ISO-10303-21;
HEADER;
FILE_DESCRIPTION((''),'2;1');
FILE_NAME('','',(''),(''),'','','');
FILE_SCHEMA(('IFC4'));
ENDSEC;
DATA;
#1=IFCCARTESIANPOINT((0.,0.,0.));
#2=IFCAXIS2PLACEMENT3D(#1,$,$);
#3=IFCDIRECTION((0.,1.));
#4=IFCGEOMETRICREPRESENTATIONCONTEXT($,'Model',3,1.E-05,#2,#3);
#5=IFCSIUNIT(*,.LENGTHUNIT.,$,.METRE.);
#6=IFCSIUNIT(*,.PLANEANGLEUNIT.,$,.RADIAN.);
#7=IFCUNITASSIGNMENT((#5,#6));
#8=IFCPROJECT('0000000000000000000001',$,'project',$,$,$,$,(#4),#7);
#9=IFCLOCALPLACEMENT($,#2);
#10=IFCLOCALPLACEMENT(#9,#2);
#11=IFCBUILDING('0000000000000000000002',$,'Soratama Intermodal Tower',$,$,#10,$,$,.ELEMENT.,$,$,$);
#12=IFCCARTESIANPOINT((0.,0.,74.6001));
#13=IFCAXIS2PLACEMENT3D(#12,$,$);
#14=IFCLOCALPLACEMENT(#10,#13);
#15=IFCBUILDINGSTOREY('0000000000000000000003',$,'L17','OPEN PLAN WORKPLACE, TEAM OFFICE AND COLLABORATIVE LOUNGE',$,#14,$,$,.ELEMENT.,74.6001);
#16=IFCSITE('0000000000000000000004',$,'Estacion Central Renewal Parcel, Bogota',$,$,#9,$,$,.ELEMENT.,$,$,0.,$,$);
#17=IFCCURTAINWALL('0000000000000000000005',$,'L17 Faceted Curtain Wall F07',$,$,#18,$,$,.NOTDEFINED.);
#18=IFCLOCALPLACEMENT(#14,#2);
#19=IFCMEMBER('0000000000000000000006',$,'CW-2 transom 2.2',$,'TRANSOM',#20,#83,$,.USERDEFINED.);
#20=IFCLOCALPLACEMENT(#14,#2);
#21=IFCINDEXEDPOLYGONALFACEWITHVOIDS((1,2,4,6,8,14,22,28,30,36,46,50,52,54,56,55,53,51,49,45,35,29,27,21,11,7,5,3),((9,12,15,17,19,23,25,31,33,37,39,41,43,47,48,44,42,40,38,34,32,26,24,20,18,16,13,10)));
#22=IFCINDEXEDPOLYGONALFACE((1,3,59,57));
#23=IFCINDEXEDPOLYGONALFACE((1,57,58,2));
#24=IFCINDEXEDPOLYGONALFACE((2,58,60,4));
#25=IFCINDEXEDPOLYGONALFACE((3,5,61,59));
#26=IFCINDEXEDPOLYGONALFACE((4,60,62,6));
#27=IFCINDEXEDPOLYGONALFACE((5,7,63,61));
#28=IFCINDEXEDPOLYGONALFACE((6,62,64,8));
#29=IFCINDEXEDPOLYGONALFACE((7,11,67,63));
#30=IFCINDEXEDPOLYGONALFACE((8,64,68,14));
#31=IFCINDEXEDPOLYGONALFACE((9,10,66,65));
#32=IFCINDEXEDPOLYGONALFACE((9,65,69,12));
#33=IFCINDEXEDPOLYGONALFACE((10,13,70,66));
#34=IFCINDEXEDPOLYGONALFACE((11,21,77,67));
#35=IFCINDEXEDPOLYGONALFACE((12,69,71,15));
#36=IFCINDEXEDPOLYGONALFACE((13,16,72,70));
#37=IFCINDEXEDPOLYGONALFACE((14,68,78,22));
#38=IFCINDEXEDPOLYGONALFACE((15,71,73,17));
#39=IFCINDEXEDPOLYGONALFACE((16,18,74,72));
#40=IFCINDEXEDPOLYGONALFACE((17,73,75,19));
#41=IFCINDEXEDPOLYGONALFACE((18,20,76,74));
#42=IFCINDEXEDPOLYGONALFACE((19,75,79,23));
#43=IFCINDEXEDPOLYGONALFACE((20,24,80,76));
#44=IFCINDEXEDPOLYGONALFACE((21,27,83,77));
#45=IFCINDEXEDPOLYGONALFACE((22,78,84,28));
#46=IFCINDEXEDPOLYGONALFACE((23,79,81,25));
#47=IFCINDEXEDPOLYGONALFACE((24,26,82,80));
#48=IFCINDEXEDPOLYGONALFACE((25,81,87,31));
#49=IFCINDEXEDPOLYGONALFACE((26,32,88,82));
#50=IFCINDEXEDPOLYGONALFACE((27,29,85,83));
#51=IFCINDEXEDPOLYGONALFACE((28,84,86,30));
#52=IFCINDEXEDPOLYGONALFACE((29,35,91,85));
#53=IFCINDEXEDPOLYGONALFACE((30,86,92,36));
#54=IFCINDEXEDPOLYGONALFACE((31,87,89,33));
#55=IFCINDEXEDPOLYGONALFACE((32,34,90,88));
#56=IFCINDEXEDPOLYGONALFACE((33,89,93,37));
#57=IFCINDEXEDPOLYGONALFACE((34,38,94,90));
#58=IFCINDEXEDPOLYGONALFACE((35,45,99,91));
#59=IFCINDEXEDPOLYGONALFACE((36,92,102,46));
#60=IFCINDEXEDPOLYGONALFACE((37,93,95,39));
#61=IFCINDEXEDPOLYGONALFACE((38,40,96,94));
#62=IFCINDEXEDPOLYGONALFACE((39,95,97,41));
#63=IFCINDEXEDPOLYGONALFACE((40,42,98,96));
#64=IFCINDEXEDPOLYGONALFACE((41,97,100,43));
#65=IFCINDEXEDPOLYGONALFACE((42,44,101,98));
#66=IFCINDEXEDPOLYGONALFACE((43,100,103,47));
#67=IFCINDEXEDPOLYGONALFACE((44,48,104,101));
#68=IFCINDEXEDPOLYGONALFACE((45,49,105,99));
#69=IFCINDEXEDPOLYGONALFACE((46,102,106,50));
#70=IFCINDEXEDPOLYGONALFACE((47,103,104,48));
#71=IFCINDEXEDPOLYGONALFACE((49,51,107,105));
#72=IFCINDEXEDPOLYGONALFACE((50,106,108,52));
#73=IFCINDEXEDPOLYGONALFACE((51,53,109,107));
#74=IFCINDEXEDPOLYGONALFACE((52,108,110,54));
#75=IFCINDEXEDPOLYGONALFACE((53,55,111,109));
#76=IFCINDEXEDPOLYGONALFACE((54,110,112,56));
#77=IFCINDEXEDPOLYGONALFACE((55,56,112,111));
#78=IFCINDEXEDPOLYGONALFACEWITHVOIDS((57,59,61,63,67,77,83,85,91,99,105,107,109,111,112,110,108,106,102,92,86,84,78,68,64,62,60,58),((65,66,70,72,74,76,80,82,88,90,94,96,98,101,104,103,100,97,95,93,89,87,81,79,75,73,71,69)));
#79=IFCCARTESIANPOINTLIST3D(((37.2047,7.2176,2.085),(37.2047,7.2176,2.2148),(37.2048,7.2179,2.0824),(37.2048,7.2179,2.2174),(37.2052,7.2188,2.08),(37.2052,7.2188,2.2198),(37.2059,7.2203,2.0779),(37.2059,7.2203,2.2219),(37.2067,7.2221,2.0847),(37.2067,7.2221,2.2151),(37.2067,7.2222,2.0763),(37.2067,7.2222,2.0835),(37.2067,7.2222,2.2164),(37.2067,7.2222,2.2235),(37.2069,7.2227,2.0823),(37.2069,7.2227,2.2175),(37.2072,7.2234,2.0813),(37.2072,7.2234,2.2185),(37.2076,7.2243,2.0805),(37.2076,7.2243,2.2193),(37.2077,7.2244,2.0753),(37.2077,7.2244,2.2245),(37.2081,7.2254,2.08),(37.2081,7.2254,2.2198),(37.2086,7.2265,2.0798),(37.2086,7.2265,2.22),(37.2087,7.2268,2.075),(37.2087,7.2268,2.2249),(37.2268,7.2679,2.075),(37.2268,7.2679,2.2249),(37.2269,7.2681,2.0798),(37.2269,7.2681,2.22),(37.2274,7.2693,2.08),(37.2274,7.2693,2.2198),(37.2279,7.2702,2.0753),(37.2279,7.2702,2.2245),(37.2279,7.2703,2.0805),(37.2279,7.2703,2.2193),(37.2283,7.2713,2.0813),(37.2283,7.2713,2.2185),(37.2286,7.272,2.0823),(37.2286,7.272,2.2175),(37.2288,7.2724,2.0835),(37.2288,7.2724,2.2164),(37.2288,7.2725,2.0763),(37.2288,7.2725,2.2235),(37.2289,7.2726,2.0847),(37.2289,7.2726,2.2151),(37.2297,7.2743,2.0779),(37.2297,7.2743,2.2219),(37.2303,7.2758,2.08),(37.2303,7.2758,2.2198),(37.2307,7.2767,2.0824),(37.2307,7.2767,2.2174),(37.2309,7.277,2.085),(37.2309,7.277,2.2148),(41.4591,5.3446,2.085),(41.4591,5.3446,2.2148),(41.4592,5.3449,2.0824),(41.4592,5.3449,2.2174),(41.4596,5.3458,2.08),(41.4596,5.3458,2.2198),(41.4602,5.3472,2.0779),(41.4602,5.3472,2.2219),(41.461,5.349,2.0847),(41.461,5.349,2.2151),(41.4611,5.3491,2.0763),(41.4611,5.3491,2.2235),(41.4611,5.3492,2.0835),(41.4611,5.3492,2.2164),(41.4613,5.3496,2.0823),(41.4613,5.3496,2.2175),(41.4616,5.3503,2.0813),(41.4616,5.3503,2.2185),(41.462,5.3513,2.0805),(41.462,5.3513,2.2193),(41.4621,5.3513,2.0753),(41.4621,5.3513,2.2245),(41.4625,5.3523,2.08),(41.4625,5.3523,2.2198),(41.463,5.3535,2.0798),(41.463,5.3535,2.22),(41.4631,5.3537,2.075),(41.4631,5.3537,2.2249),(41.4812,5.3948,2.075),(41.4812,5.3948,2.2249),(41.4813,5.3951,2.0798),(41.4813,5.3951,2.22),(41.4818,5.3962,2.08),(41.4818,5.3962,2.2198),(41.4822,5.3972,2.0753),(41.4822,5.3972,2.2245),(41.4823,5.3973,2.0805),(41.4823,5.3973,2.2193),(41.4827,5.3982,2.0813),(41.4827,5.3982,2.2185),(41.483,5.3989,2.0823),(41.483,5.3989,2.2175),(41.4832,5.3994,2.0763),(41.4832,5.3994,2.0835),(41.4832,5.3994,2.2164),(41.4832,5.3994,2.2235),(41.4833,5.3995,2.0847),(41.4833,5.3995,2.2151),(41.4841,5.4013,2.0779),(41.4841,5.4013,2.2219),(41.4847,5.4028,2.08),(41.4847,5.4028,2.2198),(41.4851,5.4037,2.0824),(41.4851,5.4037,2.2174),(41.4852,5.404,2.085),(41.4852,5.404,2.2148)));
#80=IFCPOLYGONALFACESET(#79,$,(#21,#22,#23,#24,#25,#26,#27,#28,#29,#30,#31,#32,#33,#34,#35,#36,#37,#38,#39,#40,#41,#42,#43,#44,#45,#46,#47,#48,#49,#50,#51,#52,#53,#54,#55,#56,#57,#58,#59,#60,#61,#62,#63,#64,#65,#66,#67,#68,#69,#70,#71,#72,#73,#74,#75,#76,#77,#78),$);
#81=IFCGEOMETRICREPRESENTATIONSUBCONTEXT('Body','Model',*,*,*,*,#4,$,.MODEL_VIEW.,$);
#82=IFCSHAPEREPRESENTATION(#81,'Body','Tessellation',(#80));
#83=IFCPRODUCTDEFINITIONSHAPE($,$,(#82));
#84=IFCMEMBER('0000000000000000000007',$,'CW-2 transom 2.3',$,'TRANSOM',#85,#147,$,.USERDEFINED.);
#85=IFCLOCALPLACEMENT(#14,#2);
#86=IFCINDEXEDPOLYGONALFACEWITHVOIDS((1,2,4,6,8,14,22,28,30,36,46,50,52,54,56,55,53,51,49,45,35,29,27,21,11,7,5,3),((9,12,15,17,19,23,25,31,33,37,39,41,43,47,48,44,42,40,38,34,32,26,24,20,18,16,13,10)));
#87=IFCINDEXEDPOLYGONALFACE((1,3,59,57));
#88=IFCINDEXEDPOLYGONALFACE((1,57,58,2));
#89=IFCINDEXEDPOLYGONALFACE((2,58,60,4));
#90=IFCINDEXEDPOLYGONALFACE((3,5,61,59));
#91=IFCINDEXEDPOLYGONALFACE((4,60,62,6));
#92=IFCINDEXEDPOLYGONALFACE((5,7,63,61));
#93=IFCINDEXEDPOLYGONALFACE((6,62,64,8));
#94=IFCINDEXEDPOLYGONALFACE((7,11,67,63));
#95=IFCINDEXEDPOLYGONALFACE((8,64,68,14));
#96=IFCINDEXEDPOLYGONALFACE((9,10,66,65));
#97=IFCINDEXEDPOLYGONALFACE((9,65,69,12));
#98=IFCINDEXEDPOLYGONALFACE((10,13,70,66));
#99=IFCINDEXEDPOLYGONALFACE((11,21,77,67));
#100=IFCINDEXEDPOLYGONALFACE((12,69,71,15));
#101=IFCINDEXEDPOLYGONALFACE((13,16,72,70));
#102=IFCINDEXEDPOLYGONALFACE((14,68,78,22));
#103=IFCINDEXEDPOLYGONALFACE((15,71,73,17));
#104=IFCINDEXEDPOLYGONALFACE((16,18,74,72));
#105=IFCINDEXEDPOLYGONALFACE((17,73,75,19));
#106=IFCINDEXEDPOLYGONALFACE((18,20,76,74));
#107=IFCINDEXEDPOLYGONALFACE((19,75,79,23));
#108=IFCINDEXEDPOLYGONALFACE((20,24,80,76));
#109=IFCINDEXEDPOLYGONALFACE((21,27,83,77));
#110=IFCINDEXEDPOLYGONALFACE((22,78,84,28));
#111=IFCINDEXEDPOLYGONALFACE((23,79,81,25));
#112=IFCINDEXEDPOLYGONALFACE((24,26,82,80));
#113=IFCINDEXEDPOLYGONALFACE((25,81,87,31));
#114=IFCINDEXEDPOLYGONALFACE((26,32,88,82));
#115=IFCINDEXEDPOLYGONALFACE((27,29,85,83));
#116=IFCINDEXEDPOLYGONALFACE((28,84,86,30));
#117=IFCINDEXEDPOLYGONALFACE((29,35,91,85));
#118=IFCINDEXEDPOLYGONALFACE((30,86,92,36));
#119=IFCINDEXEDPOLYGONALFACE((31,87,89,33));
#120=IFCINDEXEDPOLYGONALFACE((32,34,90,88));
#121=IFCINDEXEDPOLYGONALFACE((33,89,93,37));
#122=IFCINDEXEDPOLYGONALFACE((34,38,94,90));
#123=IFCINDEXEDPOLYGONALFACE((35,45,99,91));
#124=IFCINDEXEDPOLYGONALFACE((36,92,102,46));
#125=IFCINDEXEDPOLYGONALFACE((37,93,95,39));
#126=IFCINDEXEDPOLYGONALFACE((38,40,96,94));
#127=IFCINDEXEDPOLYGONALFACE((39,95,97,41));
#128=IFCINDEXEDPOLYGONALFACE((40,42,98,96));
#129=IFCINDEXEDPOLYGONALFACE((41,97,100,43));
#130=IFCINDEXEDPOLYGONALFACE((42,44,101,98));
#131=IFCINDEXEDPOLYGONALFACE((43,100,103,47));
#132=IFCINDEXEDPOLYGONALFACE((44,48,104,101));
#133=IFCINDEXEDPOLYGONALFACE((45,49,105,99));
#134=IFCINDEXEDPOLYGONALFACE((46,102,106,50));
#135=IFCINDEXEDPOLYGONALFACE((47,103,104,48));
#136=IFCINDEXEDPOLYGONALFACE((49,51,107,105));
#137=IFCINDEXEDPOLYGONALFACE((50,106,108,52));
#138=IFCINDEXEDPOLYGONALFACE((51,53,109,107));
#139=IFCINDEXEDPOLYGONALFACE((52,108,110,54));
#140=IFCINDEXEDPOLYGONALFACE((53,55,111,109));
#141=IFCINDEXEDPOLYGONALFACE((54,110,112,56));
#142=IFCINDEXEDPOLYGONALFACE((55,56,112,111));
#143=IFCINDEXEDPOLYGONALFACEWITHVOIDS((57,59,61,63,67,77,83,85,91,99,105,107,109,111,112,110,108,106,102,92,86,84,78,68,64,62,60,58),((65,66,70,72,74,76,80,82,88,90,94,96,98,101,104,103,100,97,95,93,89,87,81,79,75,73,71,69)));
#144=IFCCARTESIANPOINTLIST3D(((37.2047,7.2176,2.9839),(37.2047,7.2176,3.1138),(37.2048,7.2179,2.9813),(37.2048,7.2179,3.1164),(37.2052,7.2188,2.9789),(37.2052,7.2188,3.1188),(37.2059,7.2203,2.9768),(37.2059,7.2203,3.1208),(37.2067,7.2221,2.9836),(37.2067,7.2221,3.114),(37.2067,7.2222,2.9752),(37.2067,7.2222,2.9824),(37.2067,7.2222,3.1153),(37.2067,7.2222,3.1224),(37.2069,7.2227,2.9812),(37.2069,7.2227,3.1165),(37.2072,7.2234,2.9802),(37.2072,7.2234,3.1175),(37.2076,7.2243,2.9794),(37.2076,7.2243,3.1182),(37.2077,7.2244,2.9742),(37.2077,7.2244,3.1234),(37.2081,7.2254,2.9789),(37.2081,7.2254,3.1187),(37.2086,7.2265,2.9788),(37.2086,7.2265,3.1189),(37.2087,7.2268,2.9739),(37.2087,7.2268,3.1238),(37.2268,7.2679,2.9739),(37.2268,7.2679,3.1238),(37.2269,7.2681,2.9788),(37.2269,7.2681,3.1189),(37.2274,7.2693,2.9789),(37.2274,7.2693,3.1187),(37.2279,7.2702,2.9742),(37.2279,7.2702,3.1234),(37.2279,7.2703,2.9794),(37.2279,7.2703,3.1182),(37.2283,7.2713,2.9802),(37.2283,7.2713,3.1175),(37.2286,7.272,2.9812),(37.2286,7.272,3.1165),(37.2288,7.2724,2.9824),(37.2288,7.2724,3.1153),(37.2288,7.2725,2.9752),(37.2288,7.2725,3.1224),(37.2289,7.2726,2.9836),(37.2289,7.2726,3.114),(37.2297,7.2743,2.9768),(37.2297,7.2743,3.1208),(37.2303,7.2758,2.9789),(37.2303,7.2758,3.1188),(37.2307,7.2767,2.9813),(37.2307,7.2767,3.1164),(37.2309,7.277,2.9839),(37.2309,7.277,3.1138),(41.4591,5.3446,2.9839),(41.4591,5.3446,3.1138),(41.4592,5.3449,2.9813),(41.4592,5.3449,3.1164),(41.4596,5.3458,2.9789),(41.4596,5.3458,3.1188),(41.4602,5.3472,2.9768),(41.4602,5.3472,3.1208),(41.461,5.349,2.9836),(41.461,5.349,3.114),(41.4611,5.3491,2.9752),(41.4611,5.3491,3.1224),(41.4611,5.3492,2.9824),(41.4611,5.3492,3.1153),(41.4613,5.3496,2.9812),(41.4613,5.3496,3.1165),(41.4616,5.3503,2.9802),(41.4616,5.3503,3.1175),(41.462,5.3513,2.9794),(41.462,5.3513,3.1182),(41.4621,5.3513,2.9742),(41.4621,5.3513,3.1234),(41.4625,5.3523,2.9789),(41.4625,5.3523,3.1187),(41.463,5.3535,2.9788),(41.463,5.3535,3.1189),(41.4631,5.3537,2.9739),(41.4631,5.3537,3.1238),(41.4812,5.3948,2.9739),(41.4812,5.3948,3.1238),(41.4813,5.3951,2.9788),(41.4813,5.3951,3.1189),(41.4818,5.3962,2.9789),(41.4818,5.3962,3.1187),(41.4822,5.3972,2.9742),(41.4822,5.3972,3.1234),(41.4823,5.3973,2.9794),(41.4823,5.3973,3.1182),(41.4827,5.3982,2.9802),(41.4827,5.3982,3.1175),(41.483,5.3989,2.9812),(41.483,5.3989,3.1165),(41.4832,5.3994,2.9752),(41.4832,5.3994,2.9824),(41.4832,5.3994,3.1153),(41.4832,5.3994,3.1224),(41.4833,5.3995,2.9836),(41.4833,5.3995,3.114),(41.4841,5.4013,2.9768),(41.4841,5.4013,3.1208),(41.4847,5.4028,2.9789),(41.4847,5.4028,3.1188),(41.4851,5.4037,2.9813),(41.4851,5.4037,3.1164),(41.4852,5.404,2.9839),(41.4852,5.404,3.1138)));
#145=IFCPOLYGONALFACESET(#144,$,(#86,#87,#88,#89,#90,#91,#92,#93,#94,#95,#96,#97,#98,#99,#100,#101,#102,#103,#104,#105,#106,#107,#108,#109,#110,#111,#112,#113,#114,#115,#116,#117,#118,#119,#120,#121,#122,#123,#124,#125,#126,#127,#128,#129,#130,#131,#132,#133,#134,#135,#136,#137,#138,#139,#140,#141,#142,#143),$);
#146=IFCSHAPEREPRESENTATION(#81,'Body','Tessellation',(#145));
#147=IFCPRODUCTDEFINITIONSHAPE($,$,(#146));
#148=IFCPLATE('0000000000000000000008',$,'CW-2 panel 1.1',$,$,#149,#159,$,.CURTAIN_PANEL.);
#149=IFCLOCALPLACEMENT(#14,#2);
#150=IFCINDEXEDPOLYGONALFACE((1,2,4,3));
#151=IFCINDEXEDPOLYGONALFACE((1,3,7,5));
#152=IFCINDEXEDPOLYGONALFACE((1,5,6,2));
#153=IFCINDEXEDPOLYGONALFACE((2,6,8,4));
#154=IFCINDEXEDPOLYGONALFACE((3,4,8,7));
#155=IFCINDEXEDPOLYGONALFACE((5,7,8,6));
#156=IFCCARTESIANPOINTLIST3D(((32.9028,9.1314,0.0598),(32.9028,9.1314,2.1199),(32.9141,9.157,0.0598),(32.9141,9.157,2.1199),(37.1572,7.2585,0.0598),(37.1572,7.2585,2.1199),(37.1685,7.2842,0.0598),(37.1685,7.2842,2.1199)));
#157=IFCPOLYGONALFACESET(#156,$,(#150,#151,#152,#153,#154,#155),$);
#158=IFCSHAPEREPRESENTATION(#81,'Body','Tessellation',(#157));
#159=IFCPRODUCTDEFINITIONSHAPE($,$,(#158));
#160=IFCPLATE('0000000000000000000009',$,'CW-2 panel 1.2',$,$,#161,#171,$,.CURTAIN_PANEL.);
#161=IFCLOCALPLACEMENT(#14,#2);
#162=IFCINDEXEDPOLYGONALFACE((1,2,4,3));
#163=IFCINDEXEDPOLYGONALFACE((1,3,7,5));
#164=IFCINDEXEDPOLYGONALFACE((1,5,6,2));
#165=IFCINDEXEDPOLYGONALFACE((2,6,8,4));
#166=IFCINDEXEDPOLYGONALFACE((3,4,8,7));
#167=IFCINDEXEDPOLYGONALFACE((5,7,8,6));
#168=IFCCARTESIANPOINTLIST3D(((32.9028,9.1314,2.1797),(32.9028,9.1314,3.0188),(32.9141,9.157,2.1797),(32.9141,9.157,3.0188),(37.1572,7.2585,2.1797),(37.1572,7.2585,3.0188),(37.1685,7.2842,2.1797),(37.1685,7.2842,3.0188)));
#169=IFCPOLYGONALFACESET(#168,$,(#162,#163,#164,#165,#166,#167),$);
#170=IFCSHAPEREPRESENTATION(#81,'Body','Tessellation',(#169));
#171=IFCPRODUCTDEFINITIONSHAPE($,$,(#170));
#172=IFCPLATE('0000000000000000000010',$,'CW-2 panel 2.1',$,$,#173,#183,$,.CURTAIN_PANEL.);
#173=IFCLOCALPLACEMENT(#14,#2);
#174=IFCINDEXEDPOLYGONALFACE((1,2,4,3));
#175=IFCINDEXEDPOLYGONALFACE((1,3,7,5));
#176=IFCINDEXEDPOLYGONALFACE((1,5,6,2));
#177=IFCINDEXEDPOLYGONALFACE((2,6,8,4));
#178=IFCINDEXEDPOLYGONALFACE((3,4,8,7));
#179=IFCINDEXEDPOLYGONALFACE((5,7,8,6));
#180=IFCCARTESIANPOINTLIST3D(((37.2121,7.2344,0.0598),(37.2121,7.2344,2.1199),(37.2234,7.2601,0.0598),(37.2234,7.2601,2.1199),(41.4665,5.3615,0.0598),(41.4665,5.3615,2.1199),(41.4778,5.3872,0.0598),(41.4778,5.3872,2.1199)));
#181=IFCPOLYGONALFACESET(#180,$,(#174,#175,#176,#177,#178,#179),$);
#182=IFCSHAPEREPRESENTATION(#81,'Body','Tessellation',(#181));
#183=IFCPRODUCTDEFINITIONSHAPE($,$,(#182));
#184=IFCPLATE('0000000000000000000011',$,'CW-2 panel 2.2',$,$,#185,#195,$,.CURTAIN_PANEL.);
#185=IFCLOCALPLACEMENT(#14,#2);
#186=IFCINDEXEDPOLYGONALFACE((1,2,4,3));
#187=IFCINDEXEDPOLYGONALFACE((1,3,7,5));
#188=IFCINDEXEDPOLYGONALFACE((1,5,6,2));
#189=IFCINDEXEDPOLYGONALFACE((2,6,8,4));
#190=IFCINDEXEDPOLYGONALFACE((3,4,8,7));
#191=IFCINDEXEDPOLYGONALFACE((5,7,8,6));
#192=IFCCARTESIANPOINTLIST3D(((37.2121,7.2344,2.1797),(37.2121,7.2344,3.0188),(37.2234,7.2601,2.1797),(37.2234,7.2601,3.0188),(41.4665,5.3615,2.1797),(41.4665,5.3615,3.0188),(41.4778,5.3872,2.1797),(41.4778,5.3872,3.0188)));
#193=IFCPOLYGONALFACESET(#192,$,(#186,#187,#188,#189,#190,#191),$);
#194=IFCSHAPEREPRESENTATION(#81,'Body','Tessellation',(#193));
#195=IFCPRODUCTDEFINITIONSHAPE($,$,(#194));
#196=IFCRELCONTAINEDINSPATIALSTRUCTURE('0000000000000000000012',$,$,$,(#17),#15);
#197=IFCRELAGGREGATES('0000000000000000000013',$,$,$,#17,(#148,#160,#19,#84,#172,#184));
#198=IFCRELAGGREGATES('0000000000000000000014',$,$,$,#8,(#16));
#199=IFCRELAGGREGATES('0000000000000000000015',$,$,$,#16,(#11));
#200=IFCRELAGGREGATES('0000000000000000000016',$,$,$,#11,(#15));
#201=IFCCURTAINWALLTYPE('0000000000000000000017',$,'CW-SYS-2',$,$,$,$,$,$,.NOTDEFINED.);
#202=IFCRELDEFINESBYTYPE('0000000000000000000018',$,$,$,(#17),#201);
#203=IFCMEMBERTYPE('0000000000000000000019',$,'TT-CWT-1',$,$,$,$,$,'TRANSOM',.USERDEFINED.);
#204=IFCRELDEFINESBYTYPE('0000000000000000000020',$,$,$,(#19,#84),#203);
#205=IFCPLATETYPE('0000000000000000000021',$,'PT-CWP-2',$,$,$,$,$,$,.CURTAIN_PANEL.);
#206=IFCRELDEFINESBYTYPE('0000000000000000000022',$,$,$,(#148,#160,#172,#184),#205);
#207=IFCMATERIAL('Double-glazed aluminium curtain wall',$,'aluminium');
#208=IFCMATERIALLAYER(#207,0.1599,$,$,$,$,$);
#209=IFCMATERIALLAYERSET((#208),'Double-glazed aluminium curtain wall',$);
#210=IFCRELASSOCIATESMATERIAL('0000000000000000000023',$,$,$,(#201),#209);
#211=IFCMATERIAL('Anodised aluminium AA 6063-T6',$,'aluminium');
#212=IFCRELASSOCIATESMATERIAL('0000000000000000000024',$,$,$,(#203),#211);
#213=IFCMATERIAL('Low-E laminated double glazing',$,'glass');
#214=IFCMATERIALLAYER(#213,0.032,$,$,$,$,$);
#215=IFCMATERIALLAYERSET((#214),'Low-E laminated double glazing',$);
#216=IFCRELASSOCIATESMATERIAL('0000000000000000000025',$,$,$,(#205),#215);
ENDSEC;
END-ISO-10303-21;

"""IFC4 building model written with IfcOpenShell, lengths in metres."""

from ifc_helpers import new_model, si_unit, direction, frame, origin, origin_2d, place, context, subcontext, project, spatial, rectangle, hollow_rectangle, extrude, material, layer, layer_set, material_profile, profile_set, type_object, element, aggregate, save


model = new_model("IFC4")

# Units and contexts
model_context = context("Model", 3, precision=1e-05, world=origin(), true_north=direction((0.0, 1.0)))
body_context = subcontext(model_context, "Body", "Model", "MODEL_VIEW")
ifc_project = project(units=[si_unit("LENGTHUNIT", "METRE"), si_unit("PLANEANGLEUNIT", "RADIAN")], contexts=[model_context])

# Site, building, storey
site_placement = place(None, origin())
site = spatial("IfcSite", under=ifc_project, at=site_placement, Name="Estacion Central Renewal Parcel, Bogota", CompositionType="ELEMENT", RefElevation=0.0)
building_placement = place(site_placement, origin())
building = spatial("IfcBuilding", under=site, at=building_placement, Name="Soratama Intermodal Tower", CompositionType="ELEMENT")
storey_placement = place(building_placement, frame((0.0, 0.0, 74.6001)))
storey = spatial("IfcBuildingStorey", under=building, at=storey_placement, Name="L17", Description="OPEN PLAN WORKPLACE, TEAM OFFICE AND COLLABORATIVE LOUNGE", CompositionType="ELEMENT", Elevation=74.6001)

# Curtain wall, members, plates
ifc_material_1 = material(Name="Double-glazed aluminium curtain wall", Category="aluminium")
ifc_layer_1 = layer(ifc_material_1, 0.1599)
ifc_layer_set_1 = layer_set([ifc_layer_1], Name="Double-glazed aluminium curtain wall")
curtain_wall_type = type_object("IfcCurtainWallType", Name="CW-SYS-2", PredefinedType="NOTDEFINED", material=ifc_layer_set_1)
curtain_wall_placement = place(storey_placement, origin())
curtain_wall = element("IfcCurtainWall", 1, at=curtain_wall_placement, inside=storey, type_object=curtain_wall_type, Name="L17 Faceted Curtain Wall F07", PredefinedType="NOTDEFINED")
ifc_material_2 = material(Name="Anodised aluminium AA 6063-T6", Category="aluminium")
ifc_material_profile_1 = material_profile(ifc_material_2, hollow_rectangle(XDim=0.0649, YDim=0.1499, WallThickness=0.0049, InnerFilletRadius=0.0049, OuterFilletRadius=0.01, at=origin_2d()), Name="CWT150X65X5")
ifc_profile_set_1 = profile_set([ifc_material_profile_1], Name="Anodised aluminium AA 6063-T6")
member_type_1 = type_object("IfcMemberType", Name="TT-CWT-1", ElementType="TRANSOM", PredefinedType="USERDEFINED", material=ifc_profile_set_1)
member_1_placement = place(storey_placement, frame((37.2178, 7.2473, 2.1499), z_axis=(0.915227, -0.402939, 0.0), x_axis=(0.402939, 0.915227, 0.0)))
member_1 = element("IfcMember", 2, at=member_1_placement, type_object=member_type_1, Name="CW-2 transom 2.2", ObjectType="TRANSOM", PredefinedType="USERDEFINED", context=body_context, shape_type="SweptSolid", body=[
    extrude(hollow_rectangle(XDim=0.0649, YDim=0.1499, WallThickness=0.0049, InnerFilletRadius=0.0049, OuterFilletRadius=0.01, at=origin_2d()), origin(), (0.0, 0.0, 1.0), 4.6484),
])
member_2_placement = place(storey_placement, frame((37.2178, 7.2473, 3.0488), z_axis=(0.915227, -0.402939, 0.0), x_axis=(0.402939, 0.915227, 0.0)))
member_2 = element("IfcMember", 3, at=member_2_placement, type_object=member_type_1, Name="CW-2 transom 2.3", ObjectType="TRANSOM", PredefinedType="USERDEFINED", context=body_context, shape_type="SweptSolid", body=[
    extrude(hollow_rectangle(XDim=0.0649, YDim=0.1499, WallThickness=0.0049, InnerFilletRadius=0.0049, OuterFilletRadius=0.01, at=origin_2d()), origin(), (0.0, 0.0, 1.0), 4.6484),
])
ifc_material_3 = material(Name="Low-E laminated double glazing", Category="glass")
ifc_layer_2 = layer(ifc_material_3, 0.032)
ifc_layer_set_2 = layer_set([ifc_layer_2], Name="Low-E laminated double glazing")
plate_type = type_object("IfcPlateType", Name="PT-CWP-2", PredefinedType="CURTAIN_PANEL", material=ifc_layer_set_2)
plate_1_placement = place(storey_placement, frame((35.0356, 8.2078, 0.0598), z_axis=(0.0, 0.0, 1.0), x_axis=(0.915242, -0.402904, 0.0)))
plate_1 = element("IfcPlate", 4, at=plate_1_placement, type_object=plate_type, Name="CW-2 panel 1.1", PredefinedType="CURTAIN_PANEL", context=body_context, shape_type="SweptSolid", body=[
    extrude(rectangle(XDim=4.6484, YDim=0.0281, at=origin_2d()), origin(), (0.0, 0.0, 1.0), 2.0601),
])
plate_2_placement = place(storey_placement, frame((35.0356, 8.2078, 2.1797), z_axis=(0.0, 0.0, 1.0), x_axis=(0.915242, -0.402904, 0.0)))
plate_2 = element("IfcPlate", 5, at=plate_2_placement, type_object=plate_type, Name="CW-2 panel 1.2", PredefinedType="CURTAIN_PANEL", context=body_context, shape_type="SweptSolid", body=[
    extrude(rectangle(XDim=4.6484, YDim=0.0281, at=origin_2d()), origin(), (0.0, 0.0, 1.0), 0.8391),
])
plate_3_placement = place(storey_placement, frame((39.345, 6.3108, 0.0598), z_axis=(0.0, 0.0, 1.0), x_axis=(0.915242, -0.402904, 0.0)))
plate_3 = element("IfcPlate", 6, at=plate_3_placement, type_object=plate_type, Name="CW-2 panel 2.1", PredefinedType="CURTAIN_PANEL", context=body_context, shape_type="SweptSolid", body=[
    extrude(rectangle(XDim=4.6484, YDim=0.0281, at=origin_2d()), origin(), (0.0, 0.0, 1.0), 2.0601),
])
plate_4_placement = place(storey_placement, frame((39.345, 6.3108, 2.1797), z_axis=(0.0, 0.0, 1.0), x_axis=(0.915242, -0.402904, 0.0)))
plate_4 = element("IfcPlate", 7, at=plate_4_placement, type_object=plate_type, Name="CW-2 panel 2.2", PredefinedType="CURTAIN_PANEL", context=body_context, shape_type="SweptSolid", body=[
    extrude(rectangle(XDim=4.6484, YDim=0.0281, at=origin_2d()), origin(), (0.0, 0.0, 1.0), 0.8391),
])
aggregate(curtain_wall, [plate_1, plate_2, member_1, member_2, plate_3, plate_4])

save(model, "model.ifc")
